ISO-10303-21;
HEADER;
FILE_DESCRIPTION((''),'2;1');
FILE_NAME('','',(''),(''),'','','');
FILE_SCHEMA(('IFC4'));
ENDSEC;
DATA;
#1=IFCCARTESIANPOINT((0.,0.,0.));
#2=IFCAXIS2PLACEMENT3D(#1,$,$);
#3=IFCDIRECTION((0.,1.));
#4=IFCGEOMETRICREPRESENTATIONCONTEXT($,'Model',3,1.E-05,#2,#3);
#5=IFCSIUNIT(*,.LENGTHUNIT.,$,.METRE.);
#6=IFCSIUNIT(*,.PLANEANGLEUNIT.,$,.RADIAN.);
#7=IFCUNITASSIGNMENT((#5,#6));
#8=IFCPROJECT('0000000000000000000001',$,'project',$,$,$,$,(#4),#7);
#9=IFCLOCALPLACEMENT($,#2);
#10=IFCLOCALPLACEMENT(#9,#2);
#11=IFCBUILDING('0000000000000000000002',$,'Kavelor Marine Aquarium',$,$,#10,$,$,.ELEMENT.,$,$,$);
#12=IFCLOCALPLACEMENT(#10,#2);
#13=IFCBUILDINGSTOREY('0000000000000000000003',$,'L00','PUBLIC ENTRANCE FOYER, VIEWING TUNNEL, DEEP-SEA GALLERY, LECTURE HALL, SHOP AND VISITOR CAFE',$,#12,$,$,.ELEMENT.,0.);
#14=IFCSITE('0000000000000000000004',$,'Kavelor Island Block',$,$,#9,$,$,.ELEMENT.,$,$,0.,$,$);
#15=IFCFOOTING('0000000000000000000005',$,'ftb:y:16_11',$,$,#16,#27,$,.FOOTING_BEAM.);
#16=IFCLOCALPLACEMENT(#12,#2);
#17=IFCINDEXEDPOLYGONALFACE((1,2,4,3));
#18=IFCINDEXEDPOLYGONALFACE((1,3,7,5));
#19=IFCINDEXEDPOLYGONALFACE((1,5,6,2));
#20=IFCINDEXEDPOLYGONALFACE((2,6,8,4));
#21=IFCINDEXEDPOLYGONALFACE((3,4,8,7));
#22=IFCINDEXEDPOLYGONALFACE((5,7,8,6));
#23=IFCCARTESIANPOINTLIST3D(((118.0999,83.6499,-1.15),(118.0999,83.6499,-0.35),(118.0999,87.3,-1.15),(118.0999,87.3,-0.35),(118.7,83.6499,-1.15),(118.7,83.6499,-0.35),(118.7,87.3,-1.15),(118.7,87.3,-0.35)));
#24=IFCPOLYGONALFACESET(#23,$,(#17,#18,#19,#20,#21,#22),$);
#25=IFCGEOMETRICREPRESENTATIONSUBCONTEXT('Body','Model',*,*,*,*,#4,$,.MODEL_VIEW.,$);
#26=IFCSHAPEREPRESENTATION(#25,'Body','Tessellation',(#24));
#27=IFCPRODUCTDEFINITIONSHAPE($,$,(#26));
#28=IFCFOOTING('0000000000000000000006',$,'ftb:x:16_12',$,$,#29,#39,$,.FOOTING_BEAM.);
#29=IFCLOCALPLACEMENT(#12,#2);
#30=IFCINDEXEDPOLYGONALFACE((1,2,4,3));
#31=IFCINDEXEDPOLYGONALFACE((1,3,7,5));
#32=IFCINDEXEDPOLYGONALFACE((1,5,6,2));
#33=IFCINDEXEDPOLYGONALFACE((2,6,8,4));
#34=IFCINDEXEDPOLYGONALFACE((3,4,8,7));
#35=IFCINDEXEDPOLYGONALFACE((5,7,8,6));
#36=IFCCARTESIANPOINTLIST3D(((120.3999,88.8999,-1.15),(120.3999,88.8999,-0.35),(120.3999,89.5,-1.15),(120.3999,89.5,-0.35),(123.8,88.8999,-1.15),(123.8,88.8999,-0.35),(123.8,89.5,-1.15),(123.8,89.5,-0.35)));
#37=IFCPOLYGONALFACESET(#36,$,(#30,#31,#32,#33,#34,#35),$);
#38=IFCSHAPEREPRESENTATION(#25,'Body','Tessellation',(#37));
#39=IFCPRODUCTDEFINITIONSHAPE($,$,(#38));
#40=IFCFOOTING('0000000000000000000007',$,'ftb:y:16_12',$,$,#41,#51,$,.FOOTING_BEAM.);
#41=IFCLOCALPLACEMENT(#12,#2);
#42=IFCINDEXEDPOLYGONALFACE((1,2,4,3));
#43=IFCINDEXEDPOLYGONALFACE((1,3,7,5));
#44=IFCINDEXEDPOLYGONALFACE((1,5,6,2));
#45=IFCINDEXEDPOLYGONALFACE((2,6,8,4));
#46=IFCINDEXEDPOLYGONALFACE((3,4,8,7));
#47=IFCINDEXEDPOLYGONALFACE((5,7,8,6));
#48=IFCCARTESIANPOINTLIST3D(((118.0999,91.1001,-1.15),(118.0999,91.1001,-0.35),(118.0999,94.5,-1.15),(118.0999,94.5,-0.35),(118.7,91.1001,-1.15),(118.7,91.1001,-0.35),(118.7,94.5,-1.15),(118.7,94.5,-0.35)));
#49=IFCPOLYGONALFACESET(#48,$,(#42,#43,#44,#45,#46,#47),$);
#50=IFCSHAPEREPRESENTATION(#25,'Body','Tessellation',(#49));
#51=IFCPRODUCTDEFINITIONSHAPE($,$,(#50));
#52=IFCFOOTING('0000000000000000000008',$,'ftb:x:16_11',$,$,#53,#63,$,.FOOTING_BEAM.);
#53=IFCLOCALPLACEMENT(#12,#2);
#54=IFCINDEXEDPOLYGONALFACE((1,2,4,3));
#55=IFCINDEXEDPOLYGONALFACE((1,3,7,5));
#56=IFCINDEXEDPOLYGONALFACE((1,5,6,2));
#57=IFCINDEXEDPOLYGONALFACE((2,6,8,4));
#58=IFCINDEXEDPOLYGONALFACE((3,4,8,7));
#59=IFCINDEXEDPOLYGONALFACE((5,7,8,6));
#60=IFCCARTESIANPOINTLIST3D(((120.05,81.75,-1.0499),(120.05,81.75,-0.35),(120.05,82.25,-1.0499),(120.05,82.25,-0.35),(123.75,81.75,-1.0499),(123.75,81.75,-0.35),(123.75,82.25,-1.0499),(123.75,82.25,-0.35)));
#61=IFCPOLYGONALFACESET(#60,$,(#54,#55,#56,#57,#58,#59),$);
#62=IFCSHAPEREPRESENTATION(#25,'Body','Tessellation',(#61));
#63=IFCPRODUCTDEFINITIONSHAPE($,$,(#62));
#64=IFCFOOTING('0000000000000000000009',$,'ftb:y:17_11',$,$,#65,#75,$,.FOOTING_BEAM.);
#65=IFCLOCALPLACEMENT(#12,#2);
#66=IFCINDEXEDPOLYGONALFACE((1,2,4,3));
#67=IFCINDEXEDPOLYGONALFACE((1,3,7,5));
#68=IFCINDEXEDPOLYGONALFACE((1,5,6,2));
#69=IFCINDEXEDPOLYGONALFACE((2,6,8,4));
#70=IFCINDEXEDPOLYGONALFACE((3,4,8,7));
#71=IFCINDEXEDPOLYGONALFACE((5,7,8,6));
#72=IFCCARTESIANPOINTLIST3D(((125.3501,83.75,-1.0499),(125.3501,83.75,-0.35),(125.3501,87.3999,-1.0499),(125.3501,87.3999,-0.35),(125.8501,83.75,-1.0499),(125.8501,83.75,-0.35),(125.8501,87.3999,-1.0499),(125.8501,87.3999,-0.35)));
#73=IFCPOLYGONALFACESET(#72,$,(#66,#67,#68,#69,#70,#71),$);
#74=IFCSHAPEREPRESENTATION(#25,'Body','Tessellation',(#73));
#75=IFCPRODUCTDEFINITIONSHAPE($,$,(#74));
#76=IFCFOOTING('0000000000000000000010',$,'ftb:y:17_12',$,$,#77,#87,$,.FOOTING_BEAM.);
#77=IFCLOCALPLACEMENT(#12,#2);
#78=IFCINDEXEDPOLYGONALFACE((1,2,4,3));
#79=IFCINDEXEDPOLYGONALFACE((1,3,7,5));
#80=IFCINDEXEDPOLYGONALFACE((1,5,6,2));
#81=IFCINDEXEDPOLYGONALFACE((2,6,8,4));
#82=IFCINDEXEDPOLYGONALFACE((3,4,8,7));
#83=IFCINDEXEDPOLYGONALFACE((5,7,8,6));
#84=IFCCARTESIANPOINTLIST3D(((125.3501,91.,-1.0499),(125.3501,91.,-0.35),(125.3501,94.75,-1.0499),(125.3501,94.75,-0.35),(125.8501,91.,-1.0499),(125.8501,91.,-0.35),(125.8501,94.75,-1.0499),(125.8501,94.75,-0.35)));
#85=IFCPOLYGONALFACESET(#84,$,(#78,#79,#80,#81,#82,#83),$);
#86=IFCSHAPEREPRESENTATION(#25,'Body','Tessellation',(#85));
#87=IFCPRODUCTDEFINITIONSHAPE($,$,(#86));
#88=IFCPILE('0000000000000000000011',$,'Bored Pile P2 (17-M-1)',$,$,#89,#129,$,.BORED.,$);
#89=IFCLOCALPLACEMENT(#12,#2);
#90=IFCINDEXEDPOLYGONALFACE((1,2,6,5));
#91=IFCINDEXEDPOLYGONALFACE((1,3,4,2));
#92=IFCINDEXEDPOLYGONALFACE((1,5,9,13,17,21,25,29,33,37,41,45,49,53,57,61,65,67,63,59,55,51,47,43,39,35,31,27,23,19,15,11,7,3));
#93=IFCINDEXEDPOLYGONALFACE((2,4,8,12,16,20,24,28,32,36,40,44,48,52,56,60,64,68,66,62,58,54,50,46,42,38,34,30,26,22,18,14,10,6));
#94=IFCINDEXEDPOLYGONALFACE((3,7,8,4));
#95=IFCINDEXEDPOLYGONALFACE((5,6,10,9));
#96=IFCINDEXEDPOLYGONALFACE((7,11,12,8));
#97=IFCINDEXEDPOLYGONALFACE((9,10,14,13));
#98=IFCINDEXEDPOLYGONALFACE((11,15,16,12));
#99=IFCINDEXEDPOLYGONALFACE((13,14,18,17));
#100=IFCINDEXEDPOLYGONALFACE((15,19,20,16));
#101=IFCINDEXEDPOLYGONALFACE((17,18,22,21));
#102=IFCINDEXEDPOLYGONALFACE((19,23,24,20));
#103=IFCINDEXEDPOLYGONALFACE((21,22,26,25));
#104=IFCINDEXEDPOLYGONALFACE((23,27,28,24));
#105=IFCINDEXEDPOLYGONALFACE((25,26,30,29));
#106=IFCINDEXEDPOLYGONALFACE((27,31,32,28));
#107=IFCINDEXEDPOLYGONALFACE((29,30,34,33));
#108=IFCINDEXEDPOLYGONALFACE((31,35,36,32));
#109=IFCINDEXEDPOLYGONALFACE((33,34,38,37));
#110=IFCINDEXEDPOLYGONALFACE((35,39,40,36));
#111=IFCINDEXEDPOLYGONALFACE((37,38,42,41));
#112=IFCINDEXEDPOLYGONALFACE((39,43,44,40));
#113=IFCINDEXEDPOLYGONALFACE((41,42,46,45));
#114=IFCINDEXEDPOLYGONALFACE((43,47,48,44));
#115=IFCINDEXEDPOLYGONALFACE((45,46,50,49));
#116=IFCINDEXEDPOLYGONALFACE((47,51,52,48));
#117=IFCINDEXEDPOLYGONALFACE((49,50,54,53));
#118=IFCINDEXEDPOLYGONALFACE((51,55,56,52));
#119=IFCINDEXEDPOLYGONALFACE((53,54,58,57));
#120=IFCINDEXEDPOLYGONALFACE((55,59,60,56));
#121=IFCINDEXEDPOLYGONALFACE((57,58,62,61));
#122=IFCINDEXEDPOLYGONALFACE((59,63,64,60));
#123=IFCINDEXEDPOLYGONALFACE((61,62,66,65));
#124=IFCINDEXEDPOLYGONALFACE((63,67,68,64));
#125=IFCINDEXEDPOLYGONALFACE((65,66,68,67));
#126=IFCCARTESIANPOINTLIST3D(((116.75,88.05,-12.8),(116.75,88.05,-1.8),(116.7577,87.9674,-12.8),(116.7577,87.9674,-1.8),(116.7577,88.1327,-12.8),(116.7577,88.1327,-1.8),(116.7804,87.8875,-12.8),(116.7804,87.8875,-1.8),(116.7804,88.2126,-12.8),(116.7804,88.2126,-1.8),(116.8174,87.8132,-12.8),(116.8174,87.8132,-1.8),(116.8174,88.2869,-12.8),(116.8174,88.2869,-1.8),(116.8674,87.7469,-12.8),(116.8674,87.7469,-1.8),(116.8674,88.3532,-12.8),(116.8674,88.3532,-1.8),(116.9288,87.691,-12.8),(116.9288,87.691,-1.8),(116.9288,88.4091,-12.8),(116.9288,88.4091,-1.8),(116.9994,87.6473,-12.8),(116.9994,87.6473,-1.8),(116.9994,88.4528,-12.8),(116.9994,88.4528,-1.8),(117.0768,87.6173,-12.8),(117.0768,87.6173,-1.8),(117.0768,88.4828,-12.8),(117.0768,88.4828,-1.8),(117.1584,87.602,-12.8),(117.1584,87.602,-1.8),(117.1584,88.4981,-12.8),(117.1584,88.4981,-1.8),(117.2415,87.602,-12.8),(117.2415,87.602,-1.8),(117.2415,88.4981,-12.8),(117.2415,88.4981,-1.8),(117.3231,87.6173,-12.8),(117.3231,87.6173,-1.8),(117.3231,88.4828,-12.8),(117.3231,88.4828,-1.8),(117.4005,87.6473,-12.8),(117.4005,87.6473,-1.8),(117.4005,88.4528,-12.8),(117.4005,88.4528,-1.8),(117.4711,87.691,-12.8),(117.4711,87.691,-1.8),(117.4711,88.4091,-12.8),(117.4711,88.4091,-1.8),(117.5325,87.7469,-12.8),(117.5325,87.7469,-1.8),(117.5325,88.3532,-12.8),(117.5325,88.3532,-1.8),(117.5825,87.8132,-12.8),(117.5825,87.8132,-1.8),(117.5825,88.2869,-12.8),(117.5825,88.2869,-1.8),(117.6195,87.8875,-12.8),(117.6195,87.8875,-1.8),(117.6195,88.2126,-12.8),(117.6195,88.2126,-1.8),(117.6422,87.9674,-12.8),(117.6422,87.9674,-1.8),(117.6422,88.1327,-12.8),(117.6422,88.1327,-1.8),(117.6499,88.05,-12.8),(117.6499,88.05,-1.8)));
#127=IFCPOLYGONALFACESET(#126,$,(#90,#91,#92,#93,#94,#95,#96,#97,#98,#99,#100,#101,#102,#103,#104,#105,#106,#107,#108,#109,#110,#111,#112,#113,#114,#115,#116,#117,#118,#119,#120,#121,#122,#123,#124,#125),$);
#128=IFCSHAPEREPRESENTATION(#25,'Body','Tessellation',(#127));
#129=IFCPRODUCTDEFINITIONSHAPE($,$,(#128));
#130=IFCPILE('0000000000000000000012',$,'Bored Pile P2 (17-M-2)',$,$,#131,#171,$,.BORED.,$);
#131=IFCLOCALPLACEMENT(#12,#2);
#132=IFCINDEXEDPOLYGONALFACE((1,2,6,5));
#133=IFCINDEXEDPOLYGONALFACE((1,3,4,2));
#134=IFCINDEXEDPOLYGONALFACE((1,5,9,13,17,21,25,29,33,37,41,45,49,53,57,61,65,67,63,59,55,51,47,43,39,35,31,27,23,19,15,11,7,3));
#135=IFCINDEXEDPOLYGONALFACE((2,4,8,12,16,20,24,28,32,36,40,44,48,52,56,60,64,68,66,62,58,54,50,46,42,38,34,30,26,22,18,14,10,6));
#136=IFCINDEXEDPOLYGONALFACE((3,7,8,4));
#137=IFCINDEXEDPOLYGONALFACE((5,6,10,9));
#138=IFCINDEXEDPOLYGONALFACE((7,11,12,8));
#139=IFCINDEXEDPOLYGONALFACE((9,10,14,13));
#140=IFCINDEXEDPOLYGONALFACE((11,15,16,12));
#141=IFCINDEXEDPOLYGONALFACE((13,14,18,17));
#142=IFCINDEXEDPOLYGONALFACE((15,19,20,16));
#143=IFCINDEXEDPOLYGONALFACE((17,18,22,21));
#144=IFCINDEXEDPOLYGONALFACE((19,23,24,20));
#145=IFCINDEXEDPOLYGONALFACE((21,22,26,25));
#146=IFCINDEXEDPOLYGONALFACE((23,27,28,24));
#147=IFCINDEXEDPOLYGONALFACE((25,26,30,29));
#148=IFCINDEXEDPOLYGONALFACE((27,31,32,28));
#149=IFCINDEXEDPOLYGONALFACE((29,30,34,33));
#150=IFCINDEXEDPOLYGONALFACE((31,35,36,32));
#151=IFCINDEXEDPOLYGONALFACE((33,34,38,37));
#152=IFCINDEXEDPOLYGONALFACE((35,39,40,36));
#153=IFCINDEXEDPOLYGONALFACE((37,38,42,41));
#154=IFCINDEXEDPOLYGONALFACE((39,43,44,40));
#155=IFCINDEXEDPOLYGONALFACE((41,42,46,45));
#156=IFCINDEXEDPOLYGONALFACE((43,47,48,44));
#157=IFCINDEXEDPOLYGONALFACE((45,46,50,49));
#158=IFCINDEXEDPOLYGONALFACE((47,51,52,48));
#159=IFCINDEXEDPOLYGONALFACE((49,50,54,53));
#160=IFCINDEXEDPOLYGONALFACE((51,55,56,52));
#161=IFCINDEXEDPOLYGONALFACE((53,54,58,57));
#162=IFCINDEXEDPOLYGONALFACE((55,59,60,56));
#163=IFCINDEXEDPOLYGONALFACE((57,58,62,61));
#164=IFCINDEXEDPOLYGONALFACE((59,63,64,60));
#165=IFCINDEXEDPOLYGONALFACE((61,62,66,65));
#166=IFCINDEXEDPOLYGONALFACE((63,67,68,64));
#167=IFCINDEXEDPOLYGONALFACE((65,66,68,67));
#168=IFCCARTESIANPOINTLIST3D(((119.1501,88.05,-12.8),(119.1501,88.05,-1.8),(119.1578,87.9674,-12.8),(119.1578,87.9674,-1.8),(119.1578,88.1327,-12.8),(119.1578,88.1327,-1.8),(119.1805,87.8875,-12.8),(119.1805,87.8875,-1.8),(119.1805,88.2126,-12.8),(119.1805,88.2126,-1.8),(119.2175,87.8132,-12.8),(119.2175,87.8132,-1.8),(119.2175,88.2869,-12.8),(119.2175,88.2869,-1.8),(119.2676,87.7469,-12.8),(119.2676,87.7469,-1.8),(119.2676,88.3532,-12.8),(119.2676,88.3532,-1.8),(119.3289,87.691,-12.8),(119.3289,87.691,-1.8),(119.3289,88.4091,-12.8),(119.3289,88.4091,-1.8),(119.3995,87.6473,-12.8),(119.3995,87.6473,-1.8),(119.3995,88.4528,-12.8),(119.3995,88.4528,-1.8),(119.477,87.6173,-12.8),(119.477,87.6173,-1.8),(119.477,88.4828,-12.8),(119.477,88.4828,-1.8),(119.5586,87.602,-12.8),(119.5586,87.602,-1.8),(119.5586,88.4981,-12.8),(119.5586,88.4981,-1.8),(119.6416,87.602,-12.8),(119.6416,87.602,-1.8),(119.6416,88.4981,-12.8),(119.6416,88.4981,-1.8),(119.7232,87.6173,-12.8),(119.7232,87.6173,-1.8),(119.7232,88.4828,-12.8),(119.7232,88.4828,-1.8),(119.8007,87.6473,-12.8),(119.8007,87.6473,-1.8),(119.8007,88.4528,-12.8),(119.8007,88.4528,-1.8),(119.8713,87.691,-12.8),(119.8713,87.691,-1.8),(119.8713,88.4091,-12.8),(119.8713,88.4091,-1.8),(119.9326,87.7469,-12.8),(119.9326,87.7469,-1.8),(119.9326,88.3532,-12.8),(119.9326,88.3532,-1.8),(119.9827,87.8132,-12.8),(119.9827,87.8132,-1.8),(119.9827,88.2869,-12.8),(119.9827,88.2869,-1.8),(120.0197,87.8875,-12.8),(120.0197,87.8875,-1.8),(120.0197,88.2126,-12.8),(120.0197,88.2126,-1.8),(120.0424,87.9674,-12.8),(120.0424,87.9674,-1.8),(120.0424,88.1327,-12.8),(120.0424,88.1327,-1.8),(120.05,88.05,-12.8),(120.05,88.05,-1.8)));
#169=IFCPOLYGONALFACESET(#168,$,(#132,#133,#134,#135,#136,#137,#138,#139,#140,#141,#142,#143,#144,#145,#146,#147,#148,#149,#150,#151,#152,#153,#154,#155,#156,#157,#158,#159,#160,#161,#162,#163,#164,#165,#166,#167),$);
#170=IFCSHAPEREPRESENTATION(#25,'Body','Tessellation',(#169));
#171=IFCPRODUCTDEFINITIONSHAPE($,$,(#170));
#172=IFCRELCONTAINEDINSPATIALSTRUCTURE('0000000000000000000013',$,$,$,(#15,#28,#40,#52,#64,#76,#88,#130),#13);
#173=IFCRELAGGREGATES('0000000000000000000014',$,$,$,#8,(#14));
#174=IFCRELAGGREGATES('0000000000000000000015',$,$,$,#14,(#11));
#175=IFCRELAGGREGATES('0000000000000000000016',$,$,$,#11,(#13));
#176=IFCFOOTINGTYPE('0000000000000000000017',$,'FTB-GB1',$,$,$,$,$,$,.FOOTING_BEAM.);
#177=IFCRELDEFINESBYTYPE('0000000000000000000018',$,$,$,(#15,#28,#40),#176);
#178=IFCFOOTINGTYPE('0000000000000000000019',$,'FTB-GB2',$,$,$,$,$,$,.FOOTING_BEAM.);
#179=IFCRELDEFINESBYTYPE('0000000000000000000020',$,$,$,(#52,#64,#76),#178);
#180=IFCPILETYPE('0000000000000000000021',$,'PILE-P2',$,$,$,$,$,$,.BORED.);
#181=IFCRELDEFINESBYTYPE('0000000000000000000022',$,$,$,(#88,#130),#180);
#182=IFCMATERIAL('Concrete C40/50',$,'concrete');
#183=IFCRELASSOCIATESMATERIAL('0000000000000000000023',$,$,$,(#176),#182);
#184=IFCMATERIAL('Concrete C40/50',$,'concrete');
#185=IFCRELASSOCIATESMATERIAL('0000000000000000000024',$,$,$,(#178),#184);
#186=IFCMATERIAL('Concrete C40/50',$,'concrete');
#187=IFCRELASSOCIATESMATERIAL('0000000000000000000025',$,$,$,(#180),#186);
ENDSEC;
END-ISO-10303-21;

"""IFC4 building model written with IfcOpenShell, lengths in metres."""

from ifc_helpers import new_model, si_unit, direction, frame, origin, origin_2d, place, context, subcontext, project, spatial, rectangle, circle, extrude, material, material_profile, profile_set, type_object, element, save


model = new_model("IFC4")

# Units and contexts
model_context = context("Model", 3, precision=1e-05, world=origin(), true_north=direction((0.0, 1.0)))
body_context = subcontext(model_context, "Body", "Model", "MODEL_VIEW")
ifc_project = project(units=[si_unit("LENGTHUNIT", "METRE"), si_unit("PLANEANGLEUNIT", "RADIAN")], contexts=[model_context])

# Site, building, storey
site_placement = place(None, origin())
site = spatial("IfcSite", under=ifc_project, at=site_placement, Name="Kavelor Island Block", CompositionType="ELEMENT", RefElevation=0.0)
building_placement = place(site_placement, origin())
building = spatial("IfcBuilding", under=site, at=building_placement, Name="Kavelor Marine Aquarium", CompositionType="ELEMENT")
storey_placement = place(building_placement, origin())
storey = spatial("IfcBuildingStorey", under=building, at=storey_placement, Name="L00", Description="PUBLIC ENTRANCE FOYER, VIEWING TUNNEL, DEEP-SEA GALLERY, LECTURE HALL, SHOP AND VISITOR CAFE", CompositionType="ELEMENT", Elevation=0.0)

# Footings
ifc_material_1 = material(Name="Concrete C40/50", Category="concrete")
ifc_material_profile_1 = material_profile(ifc_material_1, rectangle(XDim=0.6001, YDim=0.8, at=origin_2d()), Name="GB 600x800")
ifc_profile_set_1 = profile_set([ifc_material_profile_1], Name="Concrete C40/50")
footing_type_1 = type_object("IfcFootingType", Name="FTB-GB1", PredefinedType="FOOTING_BEAM", material=ifc_profile_set_1)
footing_1_placement = place(storey_placement, frame((118.3999, 83.6499, -0.75), z_axis=(0.0, 1.0, 0.0), x_axis=(-1.0, 0.0, 0.0)))
element("IfcFooting", 1, at=footing_1_placement, inside=storey, type_object=footing_type_1, Name="ftb:y:16_11", PredefinedType="FOOTING_BEAM", context=body_context, shape_type="SweptSolid", body=[
    extrude(rectangle(XDim=0.6001, YDim=0.8, at=origin_2d()), origin(), (0.0, 0.0, 1.0), 3.6501),
])
footing_2_placement = place(storey_placement, frame((120.3999, 89.2, -0.75), z_axis=(1.0, 0.0, 0.0), x_axis=(0.0, 1.0, 0.0)))
element("IfcFooting", 2, at=footing_2_placement, inside=storey, type_object=footing_type_1, Name="ftb:x:16_12", PredefinedType="FOOTING_BEAM", context=body_context, shape_type="SweptSolid", body=[
    extrude(rectangle(XDim=0.6001, YDim=0.8, at=origin_2d()), origin(), (0.0, 0.0, 1.0), 3.4001),
])
footing_3_placement = place(storey_placement, frame((118.3999, 91.1001, -0.75), z_axis=(0.0, 1.0, 0.0), x_axis=(-1.0, 0.0, 0.0)))
element("IfcFooting", 3, at=footing_3_placement, inside=storey, type_object=footing_type_1, Name="ftb:y:16_12", PredefinedType="FOOTING_BEAM", context=body_context, shape_type="SweptSolid", body=[
    extrude(rectangle(XDim=0.6001, YDim=0.8, at=origin_2d()), origin(), (0.0, 0.0, 1.0), 3.3999),
])
ifc_material_2 = material(Name="Concrete C40/50", Category="concrete")
ifc_material_profile_2 = material_profile(ifc_material_2, rectangle(XDim=0.5, YDim=0.7, at=origin_2d()), Name="GB 500x700")
ifc_profile_set_2 = profile_set([ifc_material_profile_2], Name="Concrete C40/50")
footing_type_2 = type_object("IfcFootingType", Name="FTB-GB2", PredefinedType="FOOTING_BEAM", material=ifc_profile_set_2)
footing_4_placement = place(storey_placement, frame((120.05, 82.0, -0.7), z_axis=(1.0, 0.0, 0.0), x_axis=(0.0, 1.0, 0.0)))
element("IfcFooting", 4, at=footing_4_placement, inside=storey, type_object=footing_type_2, Name="ftb:x:16_11", PredefinedType="FOOTING_BEAM", context=body_context, shape_type="SweptSolid", body=[
    extrude(rectangle(XDim=0.5, YDim=0.7, at=origin_2d()), origin(), (0.0, 0.0, 1.0), 3.7),
])
footing_5_placement = place(storey_placement, frame((125.6001, 83.75, -0.7), z_axis=(0.0, 1.0, 0.0), x_axis=(-1.0, 0.0, 0.0)))
element("IfcFooting", 5, at=footing_5_placement, inside=storey, type_object=footing_type_2, Name="ftb:y:17_11", PredefinedType="FOOTING_BEAM", context=body_context, shape_type="SweptSolid", body=[
    extrude(rectangle(XDim=0.5, YDim=0.7, at=origin_2d()), origin(), (0.0, 0.0, 1.0), 3.6499),
])
footing_6_placement = place(storey_placement, frame((125.6001, 91.0, -0.7), z_axis=(0.0, 1.0, 0.0), x_axis=(-1.0, 0.0, 0.0)))
element("IfcFooting", 6, at=footing_6_placement, inside=storey, type_object=footing_type_2, Name="ftb:y:17_12", PredefinedType="FOOTING_BEAM", context=body_context, shape_type="SweptSolid", body=[
    extrude(rectangle(XDim=0.5, YDim=0.7, at=origin_2d()), origin(), (0.0, 0.0, 1.0), 3.75),
])

# Piles
ifc_material_3 = material(Name="Concrete C40/50", Category="concrete")
ifc_material_profile_3 = material_profile(ifc_material_3, circle(Radius=0.45, at=origin_2d()), Name="PILE D900")
ifc_profile_set_3 = profile_set([ifc_material_profile_3], Name="Concrete C40/50")
pile_type_1 = type_object("IfcPileType", Name="PILE-P2", PredefinedType="BORED", material=ifc_profile_set_3)
for number, where, z_axis, x_axis, name in (
    (7, (117.2, 88.05, -1.8), (0.0, 0.0, -1.0), (1.0, 0.0, 0.0), "Bored Pile P2 (17-M-1)"),
    (8, (119.6001, 88.05, -1.8), (0.0, 0.0, -1.0), (1.0, 0.0, 0.0), "Bored Pile P2 (17-M-2)"),
):
    element("IfcPile", number, at=place(storey_placement, frame(where, z_axis=z_axis, x_axis=x_axis)), inside=storey, type_object=pile_type_1, Name=name, PredefinedType="BORED", context=body_context, shape_type="SweptSolid", body=[
        extrude(circle(Radius=0.45, at=origin_2d()), origin(), (0.0, 0.0, 1.0), 11.0),
    ])

save(model, "model.ifc")
